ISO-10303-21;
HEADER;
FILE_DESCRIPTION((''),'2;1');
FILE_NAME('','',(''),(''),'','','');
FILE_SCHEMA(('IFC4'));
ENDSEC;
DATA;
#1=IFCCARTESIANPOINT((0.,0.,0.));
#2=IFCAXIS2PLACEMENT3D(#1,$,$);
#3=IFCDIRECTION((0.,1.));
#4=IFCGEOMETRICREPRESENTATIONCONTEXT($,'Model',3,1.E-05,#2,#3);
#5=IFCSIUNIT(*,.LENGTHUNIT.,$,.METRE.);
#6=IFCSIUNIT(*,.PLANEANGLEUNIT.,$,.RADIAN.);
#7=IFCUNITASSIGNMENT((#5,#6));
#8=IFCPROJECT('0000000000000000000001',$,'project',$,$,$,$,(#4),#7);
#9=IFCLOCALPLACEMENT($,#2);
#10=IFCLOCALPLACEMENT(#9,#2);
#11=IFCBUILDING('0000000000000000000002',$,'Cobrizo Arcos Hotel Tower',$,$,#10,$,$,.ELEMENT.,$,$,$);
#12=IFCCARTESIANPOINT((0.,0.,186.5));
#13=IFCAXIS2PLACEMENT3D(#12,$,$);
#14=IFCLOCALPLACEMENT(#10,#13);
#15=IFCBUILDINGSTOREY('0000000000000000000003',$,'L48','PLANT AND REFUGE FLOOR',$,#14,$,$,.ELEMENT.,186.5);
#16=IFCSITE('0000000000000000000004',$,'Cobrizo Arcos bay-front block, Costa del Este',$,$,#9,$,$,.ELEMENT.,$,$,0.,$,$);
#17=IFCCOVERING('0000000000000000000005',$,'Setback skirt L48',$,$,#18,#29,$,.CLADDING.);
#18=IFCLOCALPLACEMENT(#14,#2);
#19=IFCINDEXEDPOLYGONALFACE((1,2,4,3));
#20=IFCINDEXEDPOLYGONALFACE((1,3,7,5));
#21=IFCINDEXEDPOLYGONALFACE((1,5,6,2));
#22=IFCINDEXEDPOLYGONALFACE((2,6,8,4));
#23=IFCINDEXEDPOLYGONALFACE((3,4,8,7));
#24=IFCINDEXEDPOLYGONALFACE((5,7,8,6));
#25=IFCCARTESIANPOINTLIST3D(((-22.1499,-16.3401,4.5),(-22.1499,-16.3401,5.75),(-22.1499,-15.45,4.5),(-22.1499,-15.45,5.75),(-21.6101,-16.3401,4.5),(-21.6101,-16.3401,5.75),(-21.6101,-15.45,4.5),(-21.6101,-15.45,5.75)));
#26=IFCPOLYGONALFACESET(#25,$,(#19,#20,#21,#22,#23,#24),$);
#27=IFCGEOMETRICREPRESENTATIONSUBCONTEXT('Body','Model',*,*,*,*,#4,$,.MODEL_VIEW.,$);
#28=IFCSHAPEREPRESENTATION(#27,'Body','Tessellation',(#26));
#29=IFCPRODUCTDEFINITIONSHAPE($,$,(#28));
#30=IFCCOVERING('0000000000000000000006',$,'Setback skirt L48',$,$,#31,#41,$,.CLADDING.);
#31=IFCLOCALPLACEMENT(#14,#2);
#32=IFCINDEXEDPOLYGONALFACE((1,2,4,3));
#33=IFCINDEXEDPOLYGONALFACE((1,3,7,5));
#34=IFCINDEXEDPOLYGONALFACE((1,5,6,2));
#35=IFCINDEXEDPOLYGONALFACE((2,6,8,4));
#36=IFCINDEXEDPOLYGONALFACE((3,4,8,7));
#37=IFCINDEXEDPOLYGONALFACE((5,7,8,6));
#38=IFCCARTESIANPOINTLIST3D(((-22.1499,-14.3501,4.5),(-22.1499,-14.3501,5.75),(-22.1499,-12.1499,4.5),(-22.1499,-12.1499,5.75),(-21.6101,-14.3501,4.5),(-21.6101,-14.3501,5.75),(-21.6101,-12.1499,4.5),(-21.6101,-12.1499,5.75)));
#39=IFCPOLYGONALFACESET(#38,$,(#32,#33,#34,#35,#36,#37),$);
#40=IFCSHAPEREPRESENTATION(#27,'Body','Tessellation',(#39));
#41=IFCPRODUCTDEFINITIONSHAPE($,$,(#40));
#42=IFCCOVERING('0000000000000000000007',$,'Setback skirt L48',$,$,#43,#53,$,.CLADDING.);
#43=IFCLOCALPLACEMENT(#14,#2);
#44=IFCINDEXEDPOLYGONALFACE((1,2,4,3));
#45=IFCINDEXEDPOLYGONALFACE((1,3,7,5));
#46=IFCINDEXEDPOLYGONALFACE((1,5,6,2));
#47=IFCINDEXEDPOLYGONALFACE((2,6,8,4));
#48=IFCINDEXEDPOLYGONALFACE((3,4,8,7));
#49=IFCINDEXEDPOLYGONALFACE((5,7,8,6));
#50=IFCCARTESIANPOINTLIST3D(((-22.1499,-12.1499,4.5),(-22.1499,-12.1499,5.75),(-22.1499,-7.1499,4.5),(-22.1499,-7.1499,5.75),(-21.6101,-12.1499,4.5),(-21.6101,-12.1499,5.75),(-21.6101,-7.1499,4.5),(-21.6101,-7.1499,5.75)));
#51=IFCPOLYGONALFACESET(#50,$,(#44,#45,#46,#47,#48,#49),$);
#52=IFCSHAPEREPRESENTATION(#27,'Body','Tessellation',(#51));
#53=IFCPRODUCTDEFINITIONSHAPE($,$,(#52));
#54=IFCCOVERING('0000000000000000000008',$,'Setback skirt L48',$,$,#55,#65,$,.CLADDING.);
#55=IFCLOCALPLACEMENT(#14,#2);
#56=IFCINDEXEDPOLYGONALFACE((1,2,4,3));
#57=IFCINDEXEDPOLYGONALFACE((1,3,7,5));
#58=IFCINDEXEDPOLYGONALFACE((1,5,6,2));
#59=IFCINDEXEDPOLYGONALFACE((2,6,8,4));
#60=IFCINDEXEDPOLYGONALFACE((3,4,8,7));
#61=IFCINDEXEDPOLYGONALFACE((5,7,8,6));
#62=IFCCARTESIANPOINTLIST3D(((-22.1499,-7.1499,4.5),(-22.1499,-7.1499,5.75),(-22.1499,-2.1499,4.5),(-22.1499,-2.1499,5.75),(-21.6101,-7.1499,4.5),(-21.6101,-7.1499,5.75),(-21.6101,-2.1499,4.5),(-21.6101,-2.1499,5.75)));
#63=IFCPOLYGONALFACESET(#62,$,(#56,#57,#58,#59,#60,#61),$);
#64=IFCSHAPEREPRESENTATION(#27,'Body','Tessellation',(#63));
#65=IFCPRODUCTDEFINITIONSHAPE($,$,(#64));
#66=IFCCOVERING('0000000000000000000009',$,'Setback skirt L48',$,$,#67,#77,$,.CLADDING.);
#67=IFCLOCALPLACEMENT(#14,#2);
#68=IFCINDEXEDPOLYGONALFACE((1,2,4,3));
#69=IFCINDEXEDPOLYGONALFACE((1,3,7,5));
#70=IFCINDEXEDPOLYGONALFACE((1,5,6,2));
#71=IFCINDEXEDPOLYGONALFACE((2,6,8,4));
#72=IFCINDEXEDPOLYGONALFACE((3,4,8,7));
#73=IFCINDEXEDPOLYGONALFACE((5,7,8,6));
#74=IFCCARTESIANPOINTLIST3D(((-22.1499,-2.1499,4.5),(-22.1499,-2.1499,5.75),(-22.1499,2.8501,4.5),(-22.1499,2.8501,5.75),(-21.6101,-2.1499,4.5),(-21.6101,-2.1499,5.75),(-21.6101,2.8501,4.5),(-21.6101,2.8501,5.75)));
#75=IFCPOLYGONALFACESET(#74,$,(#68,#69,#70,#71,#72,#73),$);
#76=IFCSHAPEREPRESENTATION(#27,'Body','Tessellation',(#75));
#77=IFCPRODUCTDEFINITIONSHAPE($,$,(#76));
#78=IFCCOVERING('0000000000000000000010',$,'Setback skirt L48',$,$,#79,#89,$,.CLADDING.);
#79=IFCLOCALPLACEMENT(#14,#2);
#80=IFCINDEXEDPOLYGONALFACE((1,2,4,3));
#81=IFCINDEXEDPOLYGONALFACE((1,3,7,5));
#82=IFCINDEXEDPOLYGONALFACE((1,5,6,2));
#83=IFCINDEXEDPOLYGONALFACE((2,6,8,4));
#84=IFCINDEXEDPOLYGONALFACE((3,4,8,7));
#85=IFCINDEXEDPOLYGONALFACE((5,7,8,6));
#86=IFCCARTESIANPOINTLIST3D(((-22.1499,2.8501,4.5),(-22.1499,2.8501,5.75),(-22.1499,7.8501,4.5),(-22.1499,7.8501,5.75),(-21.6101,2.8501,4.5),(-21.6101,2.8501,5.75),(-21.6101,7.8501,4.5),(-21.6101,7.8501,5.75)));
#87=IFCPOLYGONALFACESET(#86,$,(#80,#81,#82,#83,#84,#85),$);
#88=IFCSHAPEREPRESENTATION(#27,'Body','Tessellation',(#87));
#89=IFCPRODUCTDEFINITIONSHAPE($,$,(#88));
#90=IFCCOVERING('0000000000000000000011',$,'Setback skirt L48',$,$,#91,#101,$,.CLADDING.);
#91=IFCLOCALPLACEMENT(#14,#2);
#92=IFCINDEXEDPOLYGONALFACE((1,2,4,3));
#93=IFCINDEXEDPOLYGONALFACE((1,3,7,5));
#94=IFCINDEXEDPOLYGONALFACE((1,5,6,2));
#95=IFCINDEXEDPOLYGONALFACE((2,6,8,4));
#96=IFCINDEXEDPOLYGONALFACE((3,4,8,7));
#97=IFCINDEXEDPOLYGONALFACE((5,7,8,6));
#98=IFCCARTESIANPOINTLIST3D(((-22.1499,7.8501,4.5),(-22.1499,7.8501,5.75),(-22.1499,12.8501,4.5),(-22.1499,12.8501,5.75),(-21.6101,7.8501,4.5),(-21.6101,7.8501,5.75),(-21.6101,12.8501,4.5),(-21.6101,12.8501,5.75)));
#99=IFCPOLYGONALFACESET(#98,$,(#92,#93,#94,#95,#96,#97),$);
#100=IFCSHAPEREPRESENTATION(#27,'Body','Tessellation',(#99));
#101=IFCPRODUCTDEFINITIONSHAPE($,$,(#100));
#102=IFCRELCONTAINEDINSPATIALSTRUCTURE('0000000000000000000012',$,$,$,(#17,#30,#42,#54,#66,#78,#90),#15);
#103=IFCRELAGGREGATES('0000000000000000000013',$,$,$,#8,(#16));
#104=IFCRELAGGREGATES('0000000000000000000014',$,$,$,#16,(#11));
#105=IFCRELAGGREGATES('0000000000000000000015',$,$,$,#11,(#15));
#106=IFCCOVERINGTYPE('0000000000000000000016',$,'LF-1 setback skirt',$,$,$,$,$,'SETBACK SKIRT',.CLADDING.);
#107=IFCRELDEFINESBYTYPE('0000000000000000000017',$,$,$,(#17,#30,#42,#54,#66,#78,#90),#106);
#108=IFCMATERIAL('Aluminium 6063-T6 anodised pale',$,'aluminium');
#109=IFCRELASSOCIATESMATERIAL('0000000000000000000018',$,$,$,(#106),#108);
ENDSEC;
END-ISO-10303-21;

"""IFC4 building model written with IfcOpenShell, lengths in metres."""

from ifc_helpers import new_model, si_unit, direction, frame, origin, place, context, subcontext, project, spatial, polyline, outline, extrude, material, type_object, element, save


model = new_model("IFC4")

# Units and contexts
model_context = context("Model", 3, precision=1e-05, world=origin(), true_north=direction((0.0, 1.0)))
body_context = subcontext(model_context, "Body", "Model", "MODEL_VIEW")
ifc_project = project(units=[si_unit("LENGTHUNIT", "METRE"), si_unit("PLANEANGLEUNIT", "RADIAN")], contexts=[model_context])

# Site, building, storey
site_placement = place(None, origin())
site = spatial("IfcSite", under=ifc_project, at=site_placement, Name="Cobrizo Arcos bay-front block, Costa del Este", CompositionType="ELEMENT", RefElevation=0.0)
building_placement = place(site_placement, origin())
building = spatial("IfcBuilding", under=site, at=building_placement, Name="Cobrizo Arcos Hotel Tower", CompositionType="ELEMENT")
storey_placement = place(building_placement, frame((0.0, 0.0, 186.5)))
storey = spatial("IfcBuildingStorey", under=building, at=storey_placement, Name="L48", Description="PLANT AND REFUGE FLOOR", CompositionType="ELEMENT", Elevation=186.5)

# Coverings
ifc_material_1 = material(Name="Aluminium 6063-T6 anodised pale", Category="aluminium")
covering_type = type_object("IfcCoveringType", Name="LF-1 setback skirt", ElementType="SETBACK SKIRT", PredefinedType="CLADDING", material=ifc_material_1)
covering_1_placement = place(storey_placement, frame((0.0, 0.0, 4.5)))
element("IfcCovering", 1, at=covering_1_placement, inside=storey, type_object=covering_type, Name="Setback skirt L48", PredefinedType="CLADDING", context=body_context, shape_type="SweptSolid", body=[
    extrude(outline(polyline([(-22.1499, -16.3401), (-21.6101, -16.3401), (-21.6101, -15.45), (-22.1499, -15.45), (-22.1499, -16.3401)])), origin(), (0.0, 0.0, 1.0), 1.25),
])
covering_2_placement = place(storey_placement, frame((0.0, 0.0, 4.5)))
element("IfcCovering", 2, at=covering_2_placement, inside=storey, type_object=covering_type, Name="Setback skirt L48", PredefinedType="CLADDING", context=body_context, shape_type="SweptSolid", body=[
    extrude(outline(polyline([(-22.1499, -14.3501), (-21.6101, -14.3501), (-21.6101, -12.1499), (-22.1499, -12.1499), (-22.1499, -14.3501)])), origin(), (0.0, 0.0, 1.0), 1.25),
])
covering_3_placement = place(storey_placement, frame((0.0, 0.0, 4.5)))
element("IfcCovering", 3, at=covering_3_placement, inside=storey, type_object=covering_type, Name="Setback skirt L48", PredefinedType="CLADDING", context=body_context, shape_type="SweptSolid", body=[
    extrude(outline(polyline([(-22.1499, -7.1499), (-22.1499, -12.1499), (-21.6101, -12.1499), (-21.6101, -7.1499), (-22.1499, -7.1499)])), origin(), (0.0, 0.0, 1.0), 1.25),
])
covering_4_placement = place(storey_placement, frame((0.0, 0.0, 4.5)))
element("IfcCovering", 4, at=covering_4_placement, inside=storey, type_object=covering_type, Name="Setback skirt L48", PredefinedType="CLADDING", context=body_context, shape_type="SweptSolid", body=[
    extrude(outline(polyline([(-22.1499, -2.1499), (-22.1499, -7.1499), (-21.6101, -7.1499), (-21.6101, -2.1499), (-22.1499, -2.1499)])), origin(), (0.0, 0.0, 1.0), 1.25),
])
covering_5_placement = place(storey_placement, frame((0.0, 0.0, 4.5)))
element("IfcCovering", 5, at=covering_5_placement, inside=storey, type_object=covering_type, Name="Setback skirt L48", PredefinedType="CLADDING", context=body_context, shape_type="SweptSolid", body=[
    extrude(outline(polyline([(-22.1499, 2.8501), (-22.1499, -2.1499), (-21.6101, -2.1499), (-21.6101, 2.8501), (-22.1499, 2.8501)])), origin(), (0.0, 0.0, 1.0), 1.25),
])
covering_6_placement = place(storey_placement, frame((0.0, 0.0, 4.5)))
element("IfcCovering", 6, at=covering_6_placement, inside=storey, type_object=covering_type, Name="Setback skirt L48", PredefinedType="CLADDING", context=body_context, shape_type="SweptSolid", body=[
    extrude(outline(polyline([(-22.1499, 7.8501), (-22.1499, 2.8501), (-21.6101, 2.8501), (-21.6101, 7.8501), (-22.1499, 7.8501)])), origin(), (0.0, 0.0, 1.0), 1.25),
])
covering_7_placement = place(storey_placement, frame((0.0, 0.0, 4.5)))
element("IfcCovering", 7, at=covering_7_placement, inside=storey, type_object=covering_type, Name="Setback skirt L48", PredefinedType="CLADDING", context=body_context, shape_type="SweptSolid", body=[
    extrude(outline(polyline([(-22.1499, 12.8501), (-22.1499, 7.8501), (-21.6101, 7.8501), (-21.6101, 12.8501), (-22.1499, 12.8501)])), origin(), (0.0, 0.0, 1.0), 1.25),
])

save(model, "model.ifc")
